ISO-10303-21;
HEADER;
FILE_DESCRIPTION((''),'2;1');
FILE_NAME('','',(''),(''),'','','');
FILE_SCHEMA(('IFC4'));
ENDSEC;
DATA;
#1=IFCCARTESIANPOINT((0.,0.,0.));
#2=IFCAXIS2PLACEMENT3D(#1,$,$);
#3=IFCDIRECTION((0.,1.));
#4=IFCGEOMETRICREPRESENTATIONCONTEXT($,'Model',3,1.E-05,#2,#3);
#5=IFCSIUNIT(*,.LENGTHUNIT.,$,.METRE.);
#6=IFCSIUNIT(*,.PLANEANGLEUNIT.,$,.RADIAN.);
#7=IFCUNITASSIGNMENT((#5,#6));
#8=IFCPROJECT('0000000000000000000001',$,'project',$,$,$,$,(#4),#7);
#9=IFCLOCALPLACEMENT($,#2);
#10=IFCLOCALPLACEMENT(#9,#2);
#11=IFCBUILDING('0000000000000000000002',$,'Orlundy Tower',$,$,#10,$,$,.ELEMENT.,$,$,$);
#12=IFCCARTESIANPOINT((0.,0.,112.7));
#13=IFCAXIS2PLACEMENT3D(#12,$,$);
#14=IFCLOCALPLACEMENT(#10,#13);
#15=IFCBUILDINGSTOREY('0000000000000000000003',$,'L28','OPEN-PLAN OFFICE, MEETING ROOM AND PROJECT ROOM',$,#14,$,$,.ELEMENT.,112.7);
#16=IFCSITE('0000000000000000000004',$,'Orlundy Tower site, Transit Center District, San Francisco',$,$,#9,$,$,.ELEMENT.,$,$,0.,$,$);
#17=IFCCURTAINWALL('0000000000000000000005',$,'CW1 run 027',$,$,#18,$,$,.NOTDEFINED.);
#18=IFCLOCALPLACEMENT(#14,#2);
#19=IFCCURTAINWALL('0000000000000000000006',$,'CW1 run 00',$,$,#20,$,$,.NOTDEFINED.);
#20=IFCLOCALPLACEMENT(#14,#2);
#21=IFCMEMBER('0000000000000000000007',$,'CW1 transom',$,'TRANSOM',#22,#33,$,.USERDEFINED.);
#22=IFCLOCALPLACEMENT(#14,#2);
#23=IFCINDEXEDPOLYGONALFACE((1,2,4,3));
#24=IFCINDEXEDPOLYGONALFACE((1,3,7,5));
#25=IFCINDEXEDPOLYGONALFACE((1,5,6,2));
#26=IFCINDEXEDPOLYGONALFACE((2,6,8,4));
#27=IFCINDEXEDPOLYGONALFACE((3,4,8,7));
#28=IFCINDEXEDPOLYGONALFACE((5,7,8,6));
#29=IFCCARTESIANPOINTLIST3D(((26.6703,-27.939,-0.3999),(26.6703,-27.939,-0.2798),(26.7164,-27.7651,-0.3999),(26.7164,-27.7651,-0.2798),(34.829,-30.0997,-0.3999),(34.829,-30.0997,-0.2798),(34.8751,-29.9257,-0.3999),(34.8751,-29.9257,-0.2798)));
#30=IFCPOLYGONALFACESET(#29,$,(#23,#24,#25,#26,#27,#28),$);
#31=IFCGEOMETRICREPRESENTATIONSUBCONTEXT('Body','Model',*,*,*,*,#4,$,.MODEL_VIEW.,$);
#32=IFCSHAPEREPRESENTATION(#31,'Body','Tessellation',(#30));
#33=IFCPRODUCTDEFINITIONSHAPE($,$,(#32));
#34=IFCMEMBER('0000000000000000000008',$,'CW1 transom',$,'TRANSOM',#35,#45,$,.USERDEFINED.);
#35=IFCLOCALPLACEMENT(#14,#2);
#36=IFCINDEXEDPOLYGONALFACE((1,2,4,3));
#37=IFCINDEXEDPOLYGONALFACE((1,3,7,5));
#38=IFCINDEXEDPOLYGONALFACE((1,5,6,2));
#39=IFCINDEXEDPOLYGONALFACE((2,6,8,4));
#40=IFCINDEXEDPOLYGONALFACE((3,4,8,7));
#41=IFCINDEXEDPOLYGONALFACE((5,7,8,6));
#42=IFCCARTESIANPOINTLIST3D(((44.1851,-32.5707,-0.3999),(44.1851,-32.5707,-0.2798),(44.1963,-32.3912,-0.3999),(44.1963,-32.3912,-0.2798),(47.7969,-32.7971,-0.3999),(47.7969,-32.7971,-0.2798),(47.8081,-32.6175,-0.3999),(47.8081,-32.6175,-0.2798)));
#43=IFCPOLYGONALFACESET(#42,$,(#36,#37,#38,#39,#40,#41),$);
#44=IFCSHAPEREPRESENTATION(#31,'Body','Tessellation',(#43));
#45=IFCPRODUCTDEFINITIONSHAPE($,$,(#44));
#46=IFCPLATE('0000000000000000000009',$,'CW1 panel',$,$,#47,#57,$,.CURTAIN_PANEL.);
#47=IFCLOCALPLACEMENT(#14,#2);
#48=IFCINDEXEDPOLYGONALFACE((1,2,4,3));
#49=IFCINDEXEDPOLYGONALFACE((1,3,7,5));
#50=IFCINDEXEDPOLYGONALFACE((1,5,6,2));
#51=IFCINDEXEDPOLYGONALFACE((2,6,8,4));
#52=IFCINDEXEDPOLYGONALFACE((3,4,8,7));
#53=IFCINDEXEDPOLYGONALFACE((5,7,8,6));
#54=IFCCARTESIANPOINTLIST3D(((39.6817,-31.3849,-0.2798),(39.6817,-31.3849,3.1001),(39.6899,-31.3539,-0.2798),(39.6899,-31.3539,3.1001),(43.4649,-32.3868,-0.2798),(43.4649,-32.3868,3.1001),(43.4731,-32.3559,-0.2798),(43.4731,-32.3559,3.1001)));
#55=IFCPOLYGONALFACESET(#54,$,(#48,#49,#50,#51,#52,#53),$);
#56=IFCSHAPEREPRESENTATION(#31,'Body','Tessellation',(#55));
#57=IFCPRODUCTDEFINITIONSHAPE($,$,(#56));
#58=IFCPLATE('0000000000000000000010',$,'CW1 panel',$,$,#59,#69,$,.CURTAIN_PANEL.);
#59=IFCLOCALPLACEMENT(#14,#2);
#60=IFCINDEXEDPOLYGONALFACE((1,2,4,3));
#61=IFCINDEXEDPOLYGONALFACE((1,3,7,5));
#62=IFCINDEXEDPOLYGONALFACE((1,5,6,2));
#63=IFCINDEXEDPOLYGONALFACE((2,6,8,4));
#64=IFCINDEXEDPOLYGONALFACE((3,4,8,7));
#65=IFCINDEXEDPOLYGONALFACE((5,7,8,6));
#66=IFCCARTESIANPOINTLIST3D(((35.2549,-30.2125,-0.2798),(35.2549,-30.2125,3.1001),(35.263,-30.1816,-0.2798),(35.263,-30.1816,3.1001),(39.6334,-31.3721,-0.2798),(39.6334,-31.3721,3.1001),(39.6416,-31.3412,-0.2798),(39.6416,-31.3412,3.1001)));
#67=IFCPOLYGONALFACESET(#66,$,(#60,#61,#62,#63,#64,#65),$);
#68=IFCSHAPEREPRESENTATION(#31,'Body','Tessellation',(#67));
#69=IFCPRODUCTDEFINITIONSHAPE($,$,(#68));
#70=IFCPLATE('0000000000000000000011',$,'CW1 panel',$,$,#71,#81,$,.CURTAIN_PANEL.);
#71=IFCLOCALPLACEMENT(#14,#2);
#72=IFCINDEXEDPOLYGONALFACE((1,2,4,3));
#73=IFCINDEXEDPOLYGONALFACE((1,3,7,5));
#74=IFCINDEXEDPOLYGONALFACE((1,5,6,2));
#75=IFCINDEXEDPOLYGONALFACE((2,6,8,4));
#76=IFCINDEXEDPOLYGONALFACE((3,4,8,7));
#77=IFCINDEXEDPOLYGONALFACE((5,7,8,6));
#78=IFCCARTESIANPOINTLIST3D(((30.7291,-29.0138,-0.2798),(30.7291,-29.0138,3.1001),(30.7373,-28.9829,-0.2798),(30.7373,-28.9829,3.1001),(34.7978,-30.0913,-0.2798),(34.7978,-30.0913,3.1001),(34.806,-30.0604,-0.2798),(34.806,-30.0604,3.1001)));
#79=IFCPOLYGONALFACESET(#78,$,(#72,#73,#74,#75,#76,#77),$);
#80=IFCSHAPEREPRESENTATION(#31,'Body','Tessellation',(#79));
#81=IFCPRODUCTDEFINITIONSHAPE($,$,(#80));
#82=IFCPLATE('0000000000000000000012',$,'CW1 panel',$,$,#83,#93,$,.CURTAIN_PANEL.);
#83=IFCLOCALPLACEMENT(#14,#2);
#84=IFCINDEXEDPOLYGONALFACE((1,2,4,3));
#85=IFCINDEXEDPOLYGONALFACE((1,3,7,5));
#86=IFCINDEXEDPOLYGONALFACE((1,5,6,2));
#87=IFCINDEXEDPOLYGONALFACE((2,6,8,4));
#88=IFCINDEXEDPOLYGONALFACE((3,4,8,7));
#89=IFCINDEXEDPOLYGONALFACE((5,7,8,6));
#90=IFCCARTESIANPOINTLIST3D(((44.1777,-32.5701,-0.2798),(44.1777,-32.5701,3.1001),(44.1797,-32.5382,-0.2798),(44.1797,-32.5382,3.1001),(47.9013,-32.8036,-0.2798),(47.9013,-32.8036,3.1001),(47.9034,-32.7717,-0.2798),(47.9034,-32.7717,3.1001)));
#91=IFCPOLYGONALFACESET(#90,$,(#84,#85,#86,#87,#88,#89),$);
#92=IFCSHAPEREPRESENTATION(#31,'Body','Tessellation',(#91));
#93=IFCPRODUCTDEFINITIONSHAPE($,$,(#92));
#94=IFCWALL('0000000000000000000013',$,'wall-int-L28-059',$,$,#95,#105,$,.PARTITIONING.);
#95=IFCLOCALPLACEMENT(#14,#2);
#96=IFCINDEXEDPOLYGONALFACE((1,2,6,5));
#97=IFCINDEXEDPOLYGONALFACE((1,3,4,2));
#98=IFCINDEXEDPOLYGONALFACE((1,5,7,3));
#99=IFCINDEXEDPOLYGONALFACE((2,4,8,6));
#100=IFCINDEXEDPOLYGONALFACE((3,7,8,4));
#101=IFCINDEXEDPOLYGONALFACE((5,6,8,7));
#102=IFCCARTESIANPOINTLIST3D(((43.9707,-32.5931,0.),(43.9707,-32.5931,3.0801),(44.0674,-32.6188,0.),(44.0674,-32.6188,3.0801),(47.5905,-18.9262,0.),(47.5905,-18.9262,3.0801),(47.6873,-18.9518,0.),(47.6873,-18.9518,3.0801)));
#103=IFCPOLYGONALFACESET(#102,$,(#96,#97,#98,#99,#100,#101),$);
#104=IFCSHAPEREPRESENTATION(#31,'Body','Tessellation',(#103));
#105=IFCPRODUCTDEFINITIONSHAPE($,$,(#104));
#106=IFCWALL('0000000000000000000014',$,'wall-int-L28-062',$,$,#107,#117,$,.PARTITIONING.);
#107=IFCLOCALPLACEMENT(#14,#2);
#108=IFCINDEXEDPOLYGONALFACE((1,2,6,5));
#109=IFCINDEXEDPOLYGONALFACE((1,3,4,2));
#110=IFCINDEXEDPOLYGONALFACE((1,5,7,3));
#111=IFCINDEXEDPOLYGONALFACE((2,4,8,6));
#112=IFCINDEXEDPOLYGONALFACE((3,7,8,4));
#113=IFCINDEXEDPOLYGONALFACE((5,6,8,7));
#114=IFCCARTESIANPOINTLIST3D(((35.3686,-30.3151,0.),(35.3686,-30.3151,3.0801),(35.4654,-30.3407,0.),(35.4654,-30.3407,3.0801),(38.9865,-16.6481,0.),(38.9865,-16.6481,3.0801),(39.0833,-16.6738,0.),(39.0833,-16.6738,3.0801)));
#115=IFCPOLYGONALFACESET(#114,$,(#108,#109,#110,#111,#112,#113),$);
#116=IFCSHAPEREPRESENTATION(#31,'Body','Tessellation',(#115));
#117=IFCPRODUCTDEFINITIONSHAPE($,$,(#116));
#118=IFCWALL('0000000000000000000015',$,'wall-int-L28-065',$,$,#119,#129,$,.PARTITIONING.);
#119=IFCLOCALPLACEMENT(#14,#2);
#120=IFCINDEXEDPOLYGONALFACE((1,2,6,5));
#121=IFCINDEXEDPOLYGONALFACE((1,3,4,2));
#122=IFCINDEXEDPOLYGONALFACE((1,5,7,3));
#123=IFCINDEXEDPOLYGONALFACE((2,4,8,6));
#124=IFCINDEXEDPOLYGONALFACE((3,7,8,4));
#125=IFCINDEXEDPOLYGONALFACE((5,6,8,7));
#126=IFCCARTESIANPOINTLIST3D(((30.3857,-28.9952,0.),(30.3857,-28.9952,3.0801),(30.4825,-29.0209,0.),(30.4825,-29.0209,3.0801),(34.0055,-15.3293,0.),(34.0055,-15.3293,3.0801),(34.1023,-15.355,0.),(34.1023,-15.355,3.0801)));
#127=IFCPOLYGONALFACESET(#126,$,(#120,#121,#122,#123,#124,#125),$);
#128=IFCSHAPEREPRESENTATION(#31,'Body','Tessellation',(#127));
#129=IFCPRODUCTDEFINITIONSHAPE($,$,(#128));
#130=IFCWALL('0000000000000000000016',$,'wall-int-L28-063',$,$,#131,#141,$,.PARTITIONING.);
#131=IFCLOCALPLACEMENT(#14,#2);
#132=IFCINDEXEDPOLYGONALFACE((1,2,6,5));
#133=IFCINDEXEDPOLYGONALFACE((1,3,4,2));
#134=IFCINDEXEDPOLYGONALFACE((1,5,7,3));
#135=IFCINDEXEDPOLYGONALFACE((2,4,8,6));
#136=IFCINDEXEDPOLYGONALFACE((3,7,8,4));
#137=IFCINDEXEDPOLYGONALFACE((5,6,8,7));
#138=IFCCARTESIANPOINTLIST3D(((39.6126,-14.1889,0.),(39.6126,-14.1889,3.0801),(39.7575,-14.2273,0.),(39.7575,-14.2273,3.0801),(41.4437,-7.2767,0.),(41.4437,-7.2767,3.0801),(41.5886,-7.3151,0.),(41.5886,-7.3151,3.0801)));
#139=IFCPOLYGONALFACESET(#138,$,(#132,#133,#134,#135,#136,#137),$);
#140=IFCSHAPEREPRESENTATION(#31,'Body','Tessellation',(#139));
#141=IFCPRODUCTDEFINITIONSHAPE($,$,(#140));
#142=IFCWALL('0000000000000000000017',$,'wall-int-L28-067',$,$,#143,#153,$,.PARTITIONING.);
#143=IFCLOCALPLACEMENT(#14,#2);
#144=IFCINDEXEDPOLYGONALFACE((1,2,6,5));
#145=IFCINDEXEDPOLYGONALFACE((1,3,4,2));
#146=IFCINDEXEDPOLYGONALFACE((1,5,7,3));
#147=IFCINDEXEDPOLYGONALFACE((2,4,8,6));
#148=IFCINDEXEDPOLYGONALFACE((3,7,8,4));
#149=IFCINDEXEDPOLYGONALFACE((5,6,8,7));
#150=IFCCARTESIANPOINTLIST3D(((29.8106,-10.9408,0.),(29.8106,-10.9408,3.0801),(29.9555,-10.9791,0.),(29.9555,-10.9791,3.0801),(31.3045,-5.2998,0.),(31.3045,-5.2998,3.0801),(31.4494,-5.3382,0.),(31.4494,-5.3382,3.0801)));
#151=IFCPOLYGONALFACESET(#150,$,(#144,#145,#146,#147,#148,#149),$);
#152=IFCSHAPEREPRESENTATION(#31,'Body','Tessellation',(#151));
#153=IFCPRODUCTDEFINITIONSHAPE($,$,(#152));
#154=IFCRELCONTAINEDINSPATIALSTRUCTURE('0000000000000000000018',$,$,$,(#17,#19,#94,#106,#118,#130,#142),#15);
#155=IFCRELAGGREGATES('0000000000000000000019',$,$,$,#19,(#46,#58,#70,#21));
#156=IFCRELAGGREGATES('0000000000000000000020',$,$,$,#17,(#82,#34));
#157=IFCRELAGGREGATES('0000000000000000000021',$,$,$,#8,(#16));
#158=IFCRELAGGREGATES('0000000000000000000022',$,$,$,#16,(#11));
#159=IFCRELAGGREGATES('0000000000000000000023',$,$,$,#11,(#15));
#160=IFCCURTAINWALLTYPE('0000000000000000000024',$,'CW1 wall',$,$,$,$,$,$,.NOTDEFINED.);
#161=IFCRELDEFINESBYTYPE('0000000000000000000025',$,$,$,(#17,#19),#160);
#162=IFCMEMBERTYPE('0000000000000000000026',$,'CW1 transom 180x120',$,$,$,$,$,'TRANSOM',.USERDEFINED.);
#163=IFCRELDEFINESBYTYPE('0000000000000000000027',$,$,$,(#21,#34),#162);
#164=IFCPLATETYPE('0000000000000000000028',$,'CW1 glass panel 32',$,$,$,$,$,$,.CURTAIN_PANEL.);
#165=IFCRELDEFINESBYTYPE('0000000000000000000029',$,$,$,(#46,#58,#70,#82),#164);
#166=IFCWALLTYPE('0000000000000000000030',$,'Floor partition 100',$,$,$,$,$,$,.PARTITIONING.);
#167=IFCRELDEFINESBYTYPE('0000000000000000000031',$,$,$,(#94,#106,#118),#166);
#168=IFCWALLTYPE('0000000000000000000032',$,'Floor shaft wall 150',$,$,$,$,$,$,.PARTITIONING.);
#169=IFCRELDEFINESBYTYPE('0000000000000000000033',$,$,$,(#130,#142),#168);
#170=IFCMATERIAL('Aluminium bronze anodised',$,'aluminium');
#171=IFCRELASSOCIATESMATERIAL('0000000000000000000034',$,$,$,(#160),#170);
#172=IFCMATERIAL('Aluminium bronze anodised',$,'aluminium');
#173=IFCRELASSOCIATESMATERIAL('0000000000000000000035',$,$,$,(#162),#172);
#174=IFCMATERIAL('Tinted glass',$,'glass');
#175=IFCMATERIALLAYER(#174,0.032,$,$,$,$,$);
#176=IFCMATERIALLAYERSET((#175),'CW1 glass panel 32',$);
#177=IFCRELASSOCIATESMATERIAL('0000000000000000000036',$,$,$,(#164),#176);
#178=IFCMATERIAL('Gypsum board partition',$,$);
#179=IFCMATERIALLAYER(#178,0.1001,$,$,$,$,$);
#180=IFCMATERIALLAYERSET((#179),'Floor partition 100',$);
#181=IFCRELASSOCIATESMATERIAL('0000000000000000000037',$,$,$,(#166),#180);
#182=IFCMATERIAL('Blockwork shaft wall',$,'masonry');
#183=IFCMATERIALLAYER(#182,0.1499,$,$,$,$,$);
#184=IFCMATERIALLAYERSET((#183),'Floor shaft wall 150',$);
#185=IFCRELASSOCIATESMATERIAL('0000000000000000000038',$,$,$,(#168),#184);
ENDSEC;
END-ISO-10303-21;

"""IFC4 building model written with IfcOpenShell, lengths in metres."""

from ifc_helpers import new_model, si_unit, direction, frame, frame_2d, origin, origin_2d, place, context, subcontext, project, spatial, rectangle, extrude, material, layer, layer_set, material_profile, profile_set, type_object, element, aggregate, save


model = new_model("IFC4")

# Units and contexts
model_context = context("Model", 3, precision=1e-05, world=origin(), true_north=direction((0.0, 1.0)))
body_context = subcontext(model_context, "Body", "Model", "MODEL_VIEW")
ifc_project = project(units=[si_unit("LENGTHUNIT", "METRE"), si_unit("PLANEANGLEUNIT", "RADIAN")], contexts=[model_context])

# Site, building, storey
site_placement = place(None, origin())
site = spatial("IfcSite", under=ifc_project, at=site_placement, Name="Orlundy Tower site, Transit Center District, San Francisco", CompositionType="ELEMENT", RefElevation=0.0)
building_placement = place(site_placement, origin())
building = spatial("IfcBuilding", under=site, at=building_placement, Name="Orlundy Tower", CompositionType="ELEMENT")
storey_placement = place(building_placement, frame((0.0, 0.0, 112.7)))
storey = spatial("IfcBuildingStorey", under=building, at=storey_placement, Name="L28", Description="OPEN-PLAN OFFICE, MEETING ROOM AND PROJECT ROOM", CompositionType="ELEMENT", Elevation=112.7)

# Curtain wall
ifc_material_1 = material(Name="Aluminium bronze anodised", Category="aluminium")
curtain_wall_type = type_object("IfcCurtainWallType", Name="CW1 wall", PredefinedType="NOTDEFINED", material=ifc_material_1)
curtain_wall_1_placement = place(storey_placement, origin())
curtain_wall_1 = element("IfcCurtainWall", 1, at=curtain_wall_1_placement, inside=storey, type_object=curtain_wall_type, Name="CW1 run 027", PredefinedType="NOTDEFINED")

# Curtain wall, member
curtain_wall_2_placement = place(storey_placement, origin())
curtain_wall_2 = element("IfcCurtainWall", 2, at=curtain_wall_2_placement, inside=storey, type_object=curtain_wall_type, Name="CW1 run 00", PredefinedType="NOTDEFINED")
ifc_material_2 = material(Name="Aluminium bronze anodised", Category="aluminium")
ifc_material_profile_1 = material_profile(ifc_material_2, rectangle(XDim=0.1799, YDim=0.1201, at=origin_2d()), Name="CW1 transom 180x120")
ifc_profile_set_1 = profile_set([ifc_material_profile_1], Name="Aluminium bronze anodised")
member_type_1 = type_object("IfcMemberType", Name="CW1 transom 180x120", ElementType="TRANSOM", PredefinedType="USERDEFINED", material=ifc_profile_set_1)
member_1_placement = place(storey_placement, frame((34.8521, -30.0127, -0.3398), z_axis=(-0.966676, 0.256002, 0.0), x_axis=(-0.256002, -0.966676, 0.0)))
member_1 = element("IfcMember", 3, at=member_1_placement, type_object=member_type_1, Name="CW1 transom", ObjectType="TRANSOM", PredefinedType="USERDEFINED", context=body_context, shape_type="SweptSolid", body=[
    extrude(rectangle(XDim=0.1799, YDim=0.1201, at=origin_2d()), origin(), (0.0, 0.0, 1.0), 8.4399),
])

# Member
member_2_placement = place(storey_placement, frame((47.8025, -32.7073, -0.3398), z_axis=(-0.998043, 0.062538, 0.0), x_axis=(-0.062538, -0.998043, 0.0)))
member_2 = element("IfcMember", 4, at=member_2_placement, type_object=member_type_1, Name="CW1 transom", ObjectType="TRANSOM", PredefinedType="USERDEFINED", context=body_context, shape_type="SweptSolid", body=[
    extrude(rectangle(XDim=0.1799, YDim=0.1201, at=origin_2d()), origin(), (0.0, 0.0, 1.0), 3.6189),
])

# Plates
ifc_material_3 = material(Name="Tinted glass", Category="glass")
ifc_layer_1 = layer(ifc_material_3, 0.032)
ifc_layer_set_1 = layer_set([ifc_layer_1], Name="CW1 glass panel 32")
plate_type = type_object("IfcPlateType", Name="CW1 glass panel 32", PredefinedType="CURTAIN_PANEL", material=ifc_layer_set_1)
plate_1_placement = place(storey_placement, frame((41.5774, -31.8704, -0.2798), z_axis=(0.0, 0.0, 1.0), x_axis=(-0.966674, 0.256011, 0.0)))
plate_1 = element("IfcPlate", 5, at=plate_1_placement, type_object=plate_type, Name="CW1 panel", PredefinedType="CURTAIN_PANEL", context=body_context, shape_type="SweptSolid", body=[
    extrude(rectangle(XDim=3.9136, YDim=0.032, at=origin_2d()), origin(), (0.0, 0.0, 1.0), 3.3799),
])
plate_2_placement = place(storey_placement, frame((37.4482, -30.7769, -0.2798), z_axis=(0.0, 0.0, 1.0), x_axis=(-0.966674, 0.256011, 0.0)))
plate_2 = element("IfcPlate", 6, at=plate_2_placement, type_object=plate_type, Name="CW1 panel", PredefinedType="CURTAIN_PANEL", context=body_context, shape_type="SweptSolid", body=[
    extrude(rectangle(XDim=4.5295, YDim=0.032, at=origin_2d()), origin(), (0.0, 0.0, 1.0), 3.3799),
])
plate_3_placement = place(storey_placement, frame((32.7676, -29.5371, -0.2798), z_axis=(0.0, 0.0, 1.0), x_axis=(-0.966674, 0.256011, 0.0)))
plate_3 = element("IfcPlate", 7, at=plate_3_placement, type_object=plate_type, Name="CW1 panel", PredefinedType="CURTAIN_PANEL", context=body_context, shape_type="SweptSolid", body=[
    extrude(rectangle(XDim=4.209, YDim=0.032, at=origin_2d()), origin(), (0.0, 0.0, 1.0), 3.3799),
])
aggregate(curtain_wall_2, [plate_1, plate_2, plate_3, member_1])
plate_4_placement = place(storey_placement, frame((46.0405, -32.6709, -0.2798), z_axis=(0.0, 0.0, 1.0), x_axis=(-0.99804, 0.06258, 0.0)))
plate_4 = element("IfcPlate", 8, at=plate_4_placement, type_object=plate_type, Name="CW1 panel", PredefinedType="CURTAIN_PANEL", context=body_context, shape_type="SweptSolid", body=[
    extrude(rectangle(XDim=3.731, YDim=0.032, at=origin_2d()), origin(), (0.0, 0.0, 1.0), 3.3799),
])
aggregate(curtain_wall_1, [plate_4, member_2])

# Walls
ifc_material_4 = material(Name="Gypsum board partition")
ifc_layer_2 = layer(ifc_material_4, 0.1001)
ifc_layer_set_2 = layer_set([ifc_layer_2], Name="Floor partition 100")
wall_type_1 = type_object("IfcWallType", Name="Floor partition 100", PredefinedType="PARTITIONING", material=ifc_layer_set_2)
wall_1_placement = place(storey_placement, frame((44.019, -32.606, 0.0), z_axis=(0.0, 0.0, 1.0), x_axis=(0.256034, 0.966668, 0.0)))
element("IfcWall", 9, at=wall_1_placement, inside=storey, type_object=wall_type_1, Name="wall-int-L28-059", PredefinedType="PARTITIONING", context=body_context, shape_type="SweptSolid", body=[
    extrude(rectangle(XDim=14.1382, YDim=0.1001, at=frame_2d((7.0691, 0.0))), origin(), (0.0, 0.0, 1.0), 3.0801),
])
wall_2_placement = place(storey_placement, frame((35.417, -30.3279, 0.0), z_axis=(0.0, 0.0, 1.0), x_axis=(0.255905, 0.966702, 0.0)))
element("IfcWall", 10, at=wall_2_placement, inside=storey, type_object=wall_type_1, Name="wall-int-L28-062", PredefinedType="PARTITIONING", context=body_context, shape_type="SweptSolid", body=[
    extrude(rectangle(XDim=14.1377, YDim=0.1001, at=frame_2d((7.0688, 0.0))), origin(), (0.0, 0.0, 1.0), 3.0801),
])
wall_3_placement = place(storey_placement, frame((30.4341, -29.0081, 0.0), z_axis=(0.0, 0.0, 1.0), x_axis=(0.256051, 0.966663, 0.0)))
element("IfcWall", 11, at=wall_3_placement, inside=storey, type_object=wall_type_1, Name="wall-int-L28-065", PredefinedType="PARTITIONING", context=body_context, shape_type="SweptSolid", body=[
    extrude(rectangle(XDim=14.1372, YDim=0.1001, at=frame_2d((7.0686, 0.0))), origin(), (0.0, 0.0, 1.0), 3.0801),
])
ifc_material_5 = material(Name="Blockwork shaft wall", Category="masonry")
ifc_layer_3 = layer(ifc_material_5, 0.1499)
ifc_layer_set_3 = layer_set([ifc_layer_3], Name="Floor shaft wall 150")
wall_type_2 = type_object("IfcWallType", Name="Floor shaft wall 150", PredefinedType="PARTITIONING", material=ifc_layer_set_3)
wall_4_placement = place(storey_placement, frame((39.6851, -14.208, 0.0), z_axis=(0.0, 0.0, 1.0), x_axis=(0.256073, 0.966658, 0.0)))
element("IfcWall", 12, at=wall_4_placement, inside=storey, type_object=wall_type_2, Name="wall-int-L28-063", PredefinedType="PARTITIONING", context=body_context, shape_type="SweptSolid", body=[
    extrude(rectangle(XDim=7.1506, YDim=0.1499, at=frame_2d((3.5752, 0.0))), origin(), (0.0, 0.0, 1.0), 3.0801),
])
wall_5_placement = place(storey_placement, frame((29.8831, -10.96, 0.0), z_axis=(0.0, 0.0, 1.0), x_axis=(0.256009, 0.966674, 0.0)))
element("IfcWall", 13, at=wall_5_placement, inside=storey, type_object=wall_type_2, Name="wall-int-L28-067", PredefinedType="PARTITIONING", context=body_context, shape_type="SweptSolid", body=[
    extrude(rectangle(XDim=5.8354, YDim=0.1499, at=frame_2d((2.9177, 0.0))), origin(), (0.0, 0.0, 1.0), 3.0801),
])

save(model, "model.ifc")
